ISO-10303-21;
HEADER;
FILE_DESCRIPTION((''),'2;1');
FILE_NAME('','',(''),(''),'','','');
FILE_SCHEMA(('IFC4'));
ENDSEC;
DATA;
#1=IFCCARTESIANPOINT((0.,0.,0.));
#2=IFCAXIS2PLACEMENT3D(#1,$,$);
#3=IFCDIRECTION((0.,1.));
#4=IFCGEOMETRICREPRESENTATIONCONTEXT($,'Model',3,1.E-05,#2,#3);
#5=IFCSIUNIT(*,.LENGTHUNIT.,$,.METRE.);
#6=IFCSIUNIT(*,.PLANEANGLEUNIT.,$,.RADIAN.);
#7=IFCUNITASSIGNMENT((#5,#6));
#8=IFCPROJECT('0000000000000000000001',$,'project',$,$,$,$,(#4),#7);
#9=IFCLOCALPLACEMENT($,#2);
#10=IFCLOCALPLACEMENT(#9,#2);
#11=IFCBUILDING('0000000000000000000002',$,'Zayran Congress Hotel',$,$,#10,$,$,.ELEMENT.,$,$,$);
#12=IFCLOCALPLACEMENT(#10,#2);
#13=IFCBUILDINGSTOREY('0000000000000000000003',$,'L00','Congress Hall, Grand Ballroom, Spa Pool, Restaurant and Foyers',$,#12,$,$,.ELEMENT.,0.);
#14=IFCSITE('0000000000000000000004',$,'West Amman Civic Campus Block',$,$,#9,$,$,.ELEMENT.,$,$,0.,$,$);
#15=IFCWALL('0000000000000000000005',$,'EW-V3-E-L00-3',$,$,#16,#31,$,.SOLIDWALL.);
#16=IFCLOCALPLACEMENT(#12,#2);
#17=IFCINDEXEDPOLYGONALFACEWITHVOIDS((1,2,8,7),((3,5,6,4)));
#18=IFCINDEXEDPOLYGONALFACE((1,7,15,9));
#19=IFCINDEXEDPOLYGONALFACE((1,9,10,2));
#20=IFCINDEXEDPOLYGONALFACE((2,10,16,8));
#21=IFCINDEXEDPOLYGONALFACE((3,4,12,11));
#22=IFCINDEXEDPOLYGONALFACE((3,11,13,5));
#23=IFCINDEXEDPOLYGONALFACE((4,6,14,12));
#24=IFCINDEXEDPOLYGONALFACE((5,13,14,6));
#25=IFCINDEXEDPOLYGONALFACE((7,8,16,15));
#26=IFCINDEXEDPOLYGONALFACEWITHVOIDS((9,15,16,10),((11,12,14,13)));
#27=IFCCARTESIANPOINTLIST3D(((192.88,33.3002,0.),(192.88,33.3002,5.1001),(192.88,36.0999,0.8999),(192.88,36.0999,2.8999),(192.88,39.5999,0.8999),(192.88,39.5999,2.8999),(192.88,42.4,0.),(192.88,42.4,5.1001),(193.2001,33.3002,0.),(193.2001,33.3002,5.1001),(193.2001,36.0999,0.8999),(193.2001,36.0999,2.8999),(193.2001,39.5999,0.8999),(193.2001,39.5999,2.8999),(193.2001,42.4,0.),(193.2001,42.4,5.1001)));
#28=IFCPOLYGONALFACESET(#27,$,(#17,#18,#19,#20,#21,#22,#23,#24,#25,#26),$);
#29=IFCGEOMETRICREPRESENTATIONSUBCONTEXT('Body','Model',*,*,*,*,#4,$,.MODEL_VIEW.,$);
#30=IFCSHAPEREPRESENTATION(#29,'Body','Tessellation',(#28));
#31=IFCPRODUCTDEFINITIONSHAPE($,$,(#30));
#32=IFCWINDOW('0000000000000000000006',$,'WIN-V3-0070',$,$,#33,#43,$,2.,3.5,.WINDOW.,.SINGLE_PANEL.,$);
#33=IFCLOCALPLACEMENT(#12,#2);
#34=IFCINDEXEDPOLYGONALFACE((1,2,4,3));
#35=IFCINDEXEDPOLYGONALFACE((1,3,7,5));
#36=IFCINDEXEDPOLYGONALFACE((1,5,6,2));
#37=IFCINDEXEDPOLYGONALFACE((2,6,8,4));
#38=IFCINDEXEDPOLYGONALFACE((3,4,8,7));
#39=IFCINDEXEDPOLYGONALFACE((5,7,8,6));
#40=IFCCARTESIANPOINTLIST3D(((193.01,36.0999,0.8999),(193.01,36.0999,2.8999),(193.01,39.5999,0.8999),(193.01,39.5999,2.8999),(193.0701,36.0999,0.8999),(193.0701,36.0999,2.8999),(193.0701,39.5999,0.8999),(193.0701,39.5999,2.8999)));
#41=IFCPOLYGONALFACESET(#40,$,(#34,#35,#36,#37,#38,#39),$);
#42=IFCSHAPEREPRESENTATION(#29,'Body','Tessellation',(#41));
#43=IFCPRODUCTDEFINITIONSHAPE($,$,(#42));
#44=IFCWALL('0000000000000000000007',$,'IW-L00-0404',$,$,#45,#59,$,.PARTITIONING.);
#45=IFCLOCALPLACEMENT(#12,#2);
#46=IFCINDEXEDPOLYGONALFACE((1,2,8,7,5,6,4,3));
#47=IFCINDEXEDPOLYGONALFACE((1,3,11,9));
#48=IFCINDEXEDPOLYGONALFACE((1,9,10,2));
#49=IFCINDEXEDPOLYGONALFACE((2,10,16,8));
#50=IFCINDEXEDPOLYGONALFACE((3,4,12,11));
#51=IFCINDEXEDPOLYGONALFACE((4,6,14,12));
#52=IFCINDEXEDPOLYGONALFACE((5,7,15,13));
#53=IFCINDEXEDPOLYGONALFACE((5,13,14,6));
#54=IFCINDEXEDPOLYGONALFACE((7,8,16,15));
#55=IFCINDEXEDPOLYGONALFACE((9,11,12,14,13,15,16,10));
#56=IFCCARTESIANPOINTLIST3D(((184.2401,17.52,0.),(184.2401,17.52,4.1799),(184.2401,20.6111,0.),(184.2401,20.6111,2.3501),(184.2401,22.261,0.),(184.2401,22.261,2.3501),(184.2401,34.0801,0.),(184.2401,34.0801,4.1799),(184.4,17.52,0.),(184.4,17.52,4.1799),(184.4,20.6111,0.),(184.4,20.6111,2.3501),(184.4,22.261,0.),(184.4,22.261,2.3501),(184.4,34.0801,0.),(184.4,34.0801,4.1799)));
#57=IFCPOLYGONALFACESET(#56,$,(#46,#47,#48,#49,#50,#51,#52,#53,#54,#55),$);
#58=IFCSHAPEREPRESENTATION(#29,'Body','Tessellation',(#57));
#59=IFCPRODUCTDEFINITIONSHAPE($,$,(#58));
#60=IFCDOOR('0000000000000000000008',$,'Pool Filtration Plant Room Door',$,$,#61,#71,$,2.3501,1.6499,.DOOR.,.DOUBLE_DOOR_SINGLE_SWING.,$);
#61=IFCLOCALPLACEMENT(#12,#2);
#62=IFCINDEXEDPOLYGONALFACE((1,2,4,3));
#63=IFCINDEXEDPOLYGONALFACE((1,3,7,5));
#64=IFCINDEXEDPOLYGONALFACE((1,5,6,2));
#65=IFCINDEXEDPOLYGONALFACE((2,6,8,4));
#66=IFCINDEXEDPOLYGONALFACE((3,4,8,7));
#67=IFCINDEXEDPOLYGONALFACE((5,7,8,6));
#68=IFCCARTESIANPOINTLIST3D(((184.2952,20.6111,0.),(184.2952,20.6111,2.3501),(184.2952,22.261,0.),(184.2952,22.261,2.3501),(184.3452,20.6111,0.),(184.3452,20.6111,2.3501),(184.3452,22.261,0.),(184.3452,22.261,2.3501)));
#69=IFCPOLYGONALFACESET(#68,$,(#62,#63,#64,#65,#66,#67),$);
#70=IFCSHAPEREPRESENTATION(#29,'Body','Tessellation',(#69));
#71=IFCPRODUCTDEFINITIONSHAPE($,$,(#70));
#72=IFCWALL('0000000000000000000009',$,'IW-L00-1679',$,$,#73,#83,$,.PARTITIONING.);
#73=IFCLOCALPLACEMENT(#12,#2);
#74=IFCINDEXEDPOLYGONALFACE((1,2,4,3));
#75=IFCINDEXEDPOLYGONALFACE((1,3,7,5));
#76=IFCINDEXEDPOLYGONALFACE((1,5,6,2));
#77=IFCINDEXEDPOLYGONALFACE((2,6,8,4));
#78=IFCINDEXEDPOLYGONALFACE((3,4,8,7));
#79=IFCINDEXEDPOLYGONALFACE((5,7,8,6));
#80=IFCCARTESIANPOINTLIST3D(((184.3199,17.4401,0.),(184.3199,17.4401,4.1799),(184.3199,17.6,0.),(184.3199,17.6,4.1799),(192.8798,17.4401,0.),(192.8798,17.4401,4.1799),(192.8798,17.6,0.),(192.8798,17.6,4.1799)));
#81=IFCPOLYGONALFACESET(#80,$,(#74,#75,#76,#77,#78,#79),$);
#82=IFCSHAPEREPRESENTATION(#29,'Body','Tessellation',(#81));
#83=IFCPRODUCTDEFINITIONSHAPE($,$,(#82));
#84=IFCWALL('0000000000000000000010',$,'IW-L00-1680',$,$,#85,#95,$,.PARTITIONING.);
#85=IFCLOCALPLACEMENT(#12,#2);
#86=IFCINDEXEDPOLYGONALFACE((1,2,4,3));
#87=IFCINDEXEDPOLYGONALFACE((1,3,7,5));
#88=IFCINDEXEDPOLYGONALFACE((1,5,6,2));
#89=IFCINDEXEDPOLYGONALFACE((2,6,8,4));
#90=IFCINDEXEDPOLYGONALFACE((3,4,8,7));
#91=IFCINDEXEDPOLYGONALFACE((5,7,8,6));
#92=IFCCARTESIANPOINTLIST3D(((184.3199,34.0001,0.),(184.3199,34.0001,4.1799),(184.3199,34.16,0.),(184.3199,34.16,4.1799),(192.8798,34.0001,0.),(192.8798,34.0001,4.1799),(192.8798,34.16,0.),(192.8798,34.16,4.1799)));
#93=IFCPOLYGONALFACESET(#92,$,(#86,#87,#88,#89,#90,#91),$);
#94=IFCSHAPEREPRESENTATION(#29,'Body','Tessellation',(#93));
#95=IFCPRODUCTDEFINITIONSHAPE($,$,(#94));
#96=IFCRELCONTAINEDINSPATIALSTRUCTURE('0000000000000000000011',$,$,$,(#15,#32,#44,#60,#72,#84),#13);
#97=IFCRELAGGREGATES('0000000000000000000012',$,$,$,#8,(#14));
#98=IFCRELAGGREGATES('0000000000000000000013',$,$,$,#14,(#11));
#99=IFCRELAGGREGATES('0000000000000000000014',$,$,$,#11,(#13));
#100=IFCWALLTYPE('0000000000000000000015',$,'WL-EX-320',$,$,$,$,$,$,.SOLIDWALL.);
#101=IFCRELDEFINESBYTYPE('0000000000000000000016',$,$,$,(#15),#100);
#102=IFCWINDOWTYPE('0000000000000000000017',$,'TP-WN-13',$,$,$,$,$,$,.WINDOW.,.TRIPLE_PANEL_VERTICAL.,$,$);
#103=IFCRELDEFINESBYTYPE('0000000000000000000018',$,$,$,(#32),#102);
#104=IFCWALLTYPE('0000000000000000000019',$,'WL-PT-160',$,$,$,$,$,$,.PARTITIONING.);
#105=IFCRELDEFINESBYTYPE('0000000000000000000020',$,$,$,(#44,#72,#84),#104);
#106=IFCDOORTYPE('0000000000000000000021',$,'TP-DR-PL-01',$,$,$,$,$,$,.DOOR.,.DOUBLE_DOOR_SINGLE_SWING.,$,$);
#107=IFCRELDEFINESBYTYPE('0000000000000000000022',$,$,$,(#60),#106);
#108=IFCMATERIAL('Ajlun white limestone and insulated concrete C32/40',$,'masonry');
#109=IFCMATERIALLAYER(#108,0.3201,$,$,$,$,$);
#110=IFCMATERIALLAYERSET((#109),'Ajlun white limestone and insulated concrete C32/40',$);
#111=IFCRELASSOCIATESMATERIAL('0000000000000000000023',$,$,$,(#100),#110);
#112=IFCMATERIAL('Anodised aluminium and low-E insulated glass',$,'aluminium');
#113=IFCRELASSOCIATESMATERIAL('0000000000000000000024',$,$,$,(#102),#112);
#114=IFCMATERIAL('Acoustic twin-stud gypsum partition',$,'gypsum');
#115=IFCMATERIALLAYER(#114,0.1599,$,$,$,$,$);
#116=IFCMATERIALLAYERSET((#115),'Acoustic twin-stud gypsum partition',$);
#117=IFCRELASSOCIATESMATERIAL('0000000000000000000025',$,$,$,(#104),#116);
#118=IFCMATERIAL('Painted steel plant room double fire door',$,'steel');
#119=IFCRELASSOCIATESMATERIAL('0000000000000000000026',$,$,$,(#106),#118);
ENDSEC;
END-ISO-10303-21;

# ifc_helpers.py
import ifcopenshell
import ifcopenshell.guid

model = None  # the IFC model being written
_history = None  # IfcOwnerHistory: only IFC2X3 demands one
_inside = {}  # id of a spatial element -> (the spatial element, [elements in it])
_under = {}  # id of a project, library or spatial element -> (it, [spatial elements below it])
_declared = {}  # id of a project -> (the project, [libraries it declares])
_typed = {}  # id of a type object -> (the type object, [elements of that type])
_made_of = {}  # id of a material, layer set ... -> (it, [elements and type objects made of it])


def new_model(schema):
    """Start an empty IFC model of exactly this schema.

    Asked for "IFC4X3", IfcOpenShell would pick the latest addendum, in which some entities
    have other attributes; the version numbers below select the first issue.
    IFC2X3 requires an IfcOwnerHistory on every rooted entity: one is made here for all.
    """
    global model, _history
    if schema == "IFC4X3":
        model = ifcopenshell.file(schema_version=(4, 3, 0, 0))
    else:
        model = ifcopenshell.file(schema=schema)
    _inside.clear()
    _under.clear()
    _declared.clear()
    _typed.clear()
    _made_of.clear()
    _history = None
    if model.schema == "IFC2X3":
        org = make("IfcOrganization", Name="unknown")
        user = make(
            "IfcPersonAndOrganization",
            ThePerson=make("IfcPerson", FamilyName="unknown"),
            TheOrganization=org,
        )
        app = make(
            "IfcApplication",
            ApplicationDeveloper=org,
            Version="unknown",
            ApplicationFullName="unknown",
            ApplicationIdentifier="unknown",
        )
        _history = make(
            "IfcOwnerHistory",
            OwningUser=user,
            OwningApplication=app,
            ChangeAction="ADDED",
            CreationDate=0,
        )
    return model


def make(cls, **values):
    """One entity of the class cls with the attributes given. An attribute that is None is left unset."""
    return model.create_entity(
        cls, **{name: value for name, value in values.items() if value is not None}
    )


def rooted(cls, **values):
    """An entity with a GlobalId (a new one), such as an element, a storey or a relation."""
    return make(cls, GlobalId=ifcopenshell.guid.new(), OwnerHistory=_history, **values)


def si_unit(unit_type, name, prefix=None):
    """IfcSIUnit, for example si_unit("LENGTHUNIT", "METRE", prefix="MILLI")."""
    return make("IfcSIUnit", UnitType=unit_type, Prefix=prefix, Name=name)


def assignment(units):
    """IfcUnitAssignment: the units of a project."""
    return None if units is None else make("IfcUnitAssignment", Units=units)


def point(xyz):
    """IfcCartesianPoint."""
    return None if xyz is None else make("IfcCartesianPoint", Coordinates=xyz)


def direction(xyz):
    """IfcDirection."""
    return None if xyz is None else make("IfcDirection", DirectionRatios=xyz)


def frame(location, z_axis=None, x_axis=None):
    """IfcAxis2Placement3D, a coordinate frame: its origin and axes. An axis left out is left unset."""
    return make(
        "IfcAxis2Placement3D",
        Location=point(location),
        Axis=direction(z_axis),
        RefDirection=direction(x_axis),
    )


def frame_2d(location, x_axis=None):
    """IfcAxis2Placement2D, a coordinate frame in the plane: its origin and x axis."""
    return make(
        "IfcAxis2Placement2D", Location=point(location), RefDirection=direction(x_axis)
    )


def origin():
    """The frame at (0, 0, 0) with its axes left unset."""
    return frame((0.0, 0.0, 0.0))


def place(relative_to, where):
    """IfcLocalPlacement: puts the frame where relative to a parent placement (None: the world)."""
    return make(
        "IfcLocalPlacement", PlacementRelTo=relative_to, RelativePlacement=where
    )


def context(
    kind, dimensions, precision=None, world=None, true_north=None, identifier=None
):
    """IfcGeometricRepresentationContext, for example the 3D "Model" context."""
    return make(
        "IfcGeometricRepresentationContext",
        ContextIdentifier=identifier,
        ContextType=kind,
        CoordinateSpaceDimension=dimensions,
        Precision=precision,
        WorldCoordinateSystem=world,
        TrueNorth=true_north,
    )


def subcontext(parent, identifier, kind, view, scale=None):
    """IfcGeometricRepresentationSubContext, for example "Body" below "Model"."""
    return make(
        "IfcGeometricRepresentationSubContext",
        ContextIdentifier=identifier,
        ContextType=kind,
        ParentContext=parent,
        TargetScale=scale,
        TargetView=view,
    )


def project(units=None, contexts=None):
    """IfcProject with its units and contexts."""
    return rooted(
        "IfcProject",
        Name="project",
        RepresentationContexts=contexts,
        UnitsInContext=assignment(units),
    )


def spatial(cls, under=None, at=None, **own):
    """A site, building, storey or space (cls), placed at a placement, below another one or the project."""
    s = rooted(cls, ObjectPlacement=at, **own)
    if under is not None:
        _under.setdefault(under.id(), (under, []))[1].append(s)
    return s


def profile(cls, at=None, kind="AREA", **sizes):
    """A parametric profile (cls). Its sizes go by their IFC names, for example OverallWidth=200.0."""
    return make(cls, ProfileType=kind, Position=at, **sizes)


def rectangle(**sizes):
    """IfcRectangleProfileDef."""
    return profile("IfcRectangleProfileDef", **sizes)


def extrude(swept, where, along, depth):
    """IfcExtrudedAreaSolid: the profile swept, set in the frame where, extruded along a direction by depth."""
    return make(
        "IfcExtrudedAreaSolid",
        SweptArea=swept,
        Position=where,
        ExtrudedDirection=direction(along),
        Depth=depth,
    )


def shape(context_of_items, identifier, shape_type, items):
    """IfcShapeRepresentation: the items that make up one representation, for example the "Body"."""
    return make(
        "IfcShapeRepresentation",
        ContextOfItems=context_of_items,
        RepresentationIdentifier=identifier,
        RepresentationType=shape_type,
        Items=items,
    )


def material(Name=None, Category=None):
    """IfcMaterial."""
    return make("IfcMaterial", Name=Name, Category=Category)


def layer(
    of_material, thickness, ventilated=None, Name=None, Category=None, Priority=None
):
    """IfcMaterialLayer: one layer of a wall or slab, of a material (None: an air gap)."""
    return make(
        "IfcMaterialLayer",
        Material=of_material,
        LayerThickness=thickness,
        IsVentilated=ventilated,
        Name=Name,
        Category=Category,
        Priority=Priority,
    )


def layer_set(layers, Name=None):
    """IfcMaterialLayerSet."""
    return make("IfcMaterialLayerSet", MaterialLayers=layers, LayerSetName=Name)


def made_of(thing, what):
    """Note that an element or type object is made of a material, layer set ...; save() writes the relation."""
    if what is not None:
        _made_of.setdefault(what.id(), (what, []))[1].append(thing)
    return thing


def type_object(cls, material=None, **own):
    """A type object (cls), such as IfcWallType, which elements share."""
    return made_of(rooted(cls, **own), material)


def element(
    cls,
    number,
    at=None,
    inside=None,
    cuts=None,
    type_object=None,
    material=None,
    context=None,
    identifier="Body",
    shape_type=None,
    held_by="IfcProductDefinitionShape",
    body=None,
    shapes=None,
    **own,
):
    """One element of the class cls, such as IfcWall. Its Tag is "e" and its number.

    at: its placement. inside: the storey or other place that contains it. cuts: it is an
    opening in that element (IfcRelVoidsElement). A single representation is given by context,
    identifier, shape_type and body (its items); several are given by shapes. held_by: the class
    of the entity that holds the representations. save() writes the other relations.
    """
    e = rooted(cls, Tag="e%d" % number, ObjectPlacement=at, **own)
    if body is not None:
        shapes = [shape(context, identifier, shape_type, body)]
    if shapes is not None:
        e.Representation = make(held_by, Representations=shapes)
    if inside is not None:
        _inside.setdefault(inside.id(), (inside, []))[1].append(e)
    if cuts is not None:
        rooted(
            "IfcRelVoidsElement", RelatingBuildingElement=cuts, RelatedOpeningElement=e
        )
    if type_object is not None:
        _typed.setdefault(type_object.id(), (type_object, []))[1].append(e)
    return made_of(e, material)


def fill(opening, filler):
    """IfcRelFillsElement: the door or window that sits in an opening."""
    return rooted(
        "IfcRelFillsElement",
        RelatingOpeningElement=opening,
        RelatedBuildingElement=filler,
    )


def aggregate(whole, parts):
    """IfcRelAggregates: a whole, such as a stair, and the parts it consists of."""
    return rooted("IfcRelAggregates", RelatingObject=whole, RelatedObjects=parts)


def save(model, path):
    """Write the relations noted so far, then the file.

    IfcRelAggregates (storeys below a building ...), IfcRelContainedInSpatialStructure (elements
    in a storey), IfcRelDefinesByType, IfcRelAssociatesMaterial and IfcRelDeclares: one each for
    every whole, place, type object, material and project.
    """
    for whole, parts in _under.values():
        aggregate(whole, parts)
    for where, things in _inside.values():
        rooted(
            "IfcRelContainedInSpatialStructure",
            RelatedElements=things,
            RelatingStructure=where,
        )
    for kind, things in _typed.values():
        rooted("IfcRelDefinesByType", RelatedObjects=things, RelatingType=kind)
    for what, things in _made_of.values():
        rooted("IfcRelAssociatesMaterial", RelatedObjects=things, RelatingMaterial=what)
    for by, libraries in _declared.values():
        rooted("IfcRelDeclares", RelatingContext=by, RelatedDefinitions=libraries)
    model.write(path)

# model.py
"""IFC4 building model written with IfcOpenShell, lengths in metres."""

from ifc_helpers import new_model, si_unit, direction, frame, frame_2d, origin, place, context, subcontext, project, spatial, rectangle, extrude, material, layer, layer_set, type_object, element, fill, save


model = new_model("IFC4")

# Units and contexts
model_context = context("Model", 3, precision=1e-05, world=origin(), true_north=direction((0.0, 1.0)))
body_context = subcontext(model_context, "Body", "Model", "MODEL_VIEW")
ifc_project = project(units=[si_unit("LENGTHUNIT", "METRE"), si_unit("PLANEANGLEUNIT", "RADIAN")], contexts=[model_context])

# Site, building, storey
site_placement = place(None, origin())
site = spatial("IfcSite", under=ifc_project, at=site_placement, Name="West Amman Civic Campus Block", CompositionType="ELEMENT", RefElevation=0.0)
building_placement = place(site_placement, origin())
building = spatial("IfcBuilding", under=site, at=building_placement, Name="Zayran Congress Hotel", CompositionType="ELEMENT")
storey_placement = place(building_placement, origin())
storey = spatial("IfcBuildingStorey", under=building, at=storey_placement, Name="L00", Description="Congress Hall, Grand Ballroom, Spa Pool, Restaurant and Foyers", CompositionType="ELEMENT", Elevation=0.0)

# Shared definitions
ifc_material_1 = material(Name="Ajlun white limestone and insulated concrete C32/40", Category="masonry")
ifc_layer_1 = layer(ifc_material_1, 0.3201)
ifc_layer_set_1 = layer_set([ifc_layer_1], Name="Ajlun white limestone and insulated concrete C32/40")
wall_type_1 = type_object("IfcWallType", Name="WL-EX-320", PredefinedType="SOLIDWALL", material=ifc_layer_set_1)
ifc_material_2 = material(Name="Anodised aluminium and low-E insulated glass", Category="aluminium")

# Wall, opening, window
wall_1_placement = place(storey_placement, frame((193.04, 42.3999, 0.0), z_axis=(0.0, 0.0, 1.0), x_axis=(0.0, -1.0, 0.0)))
wall_1 = element("IfcWall", 1, at=wall_1_placement, inside=storey, type_object=wall_type_1, Name="EW-V3-E-L00-3", PredefinedType="SOLIDWALL", context=body_context, shape_type="SweptSolid", body=[
    extrude(rectangle(XDim=9.0999, YDim=0.3201, at=frame_2d((4.5498, 0.0))), origin(), (0.0, 0.0, 1.0), 5.1001),
])
opening_1_placement = place(wall_1_placement, frame((2.8, 0.0, 0.8999)))
opening_1 = element("IfcOpeningElement", 2, at=opening_1_placement, cuts=wall_1, PredefinedType="OPENING", context=body_context, shape_type="SweptSolid", body=[
    extrude(rectangle(XDim=3.5, YDim=2.0, at=frame_2d((1.75, 1.0))), frame((0.0, 0.1699, 0.0), z_axis=(0.0, -1.0, 0.0), x_axis=(1.0, 0.0, 0.0)), (0.0, 0.0, 1.0), 0.3401),
])
window_type_1 = type_object("IfcWindowType", Name="TP-WN-13", PartitioningType="TRIPLE_PANEL_VERTICAL", PredefinedType="WINDOW", material=ifc_material_2)
window_1_placement = place(opening_1_placement, origin())
window_1 = element("IfcWindow", 3, at=window_1_placement, inside=storey, type_object=window_type_1, Name="WIN-V3-0070", OverallHeight=2.0, OverallWidth=3.5, PartitioningType="SINGLE_PANEL", PredefinedType="WINDOW", context=body_context, shape_type="SweptSolid", body=[
    extrude(rectangle(XDim=3.5, YDim=2.0, at=frame_2d((1.75, 1.0))), frame((0.0, 0.03, 0.0), z_axis=(0.0, -1.0, 0.0), x_axis=(1.0, 0.0, 0.0)), (0.0, 0.0, 1.0), 0.0601),
])
fill(opening_1, window_1)

# Wall, opening, door
ifc_material_3 = material(Name="Acoustic twin-stud gypsum partition", Category="gypsum")
ifc_layer_2 = layer(ifc_material_3, 0.1599)
ifc_layer_set_2 = layer_set([ifc_layer_2], Name="Acoustic twin-stud gypsum partition")
wall_type_2 = type_object("IfcWallType", Name="WL-PT-160", PredefinedType="PARTITIONING", material=ifc_layer_set_2)
wall_2_placement = place(storey_placement, frame((184.3201, 17.52, 0.0), z_axis=(0.0, 0.0, 1.0), x_axis=(0.0, 1.0, 0.0)))
wall_2 = element("IfcWall", 4, at=wall_2_placement, inside=storey, type_object=wall_type_2, Name="IW-L00-0404", PredefinedType="PARTITIONING", context=body_context, shape_type="SweptSolid", body=[
    extrude(rectangle(XDim=16.5601, YDim=0.1599, at=frame_2d((8.28, 0.0))), origin(), (0.0, 0.0, 1.0), 4.1799),
])
opening_2_placement = place(wall_2_placement, frame((3.0911, 0.0, 0.0)))
opening_2 = element("IfcOpeningElement", 5, at=opening_2_placement, cuts=wall_2, PredefinedType="OPENING", context=body_context, shape_type="SweptSolid", body=[
    extrude(rectangle(XDim=1.6499, YDim=2.3501, at=frame_2d((0.825, 1.175))), frame((0.0, 0.0898, 0.0), z_axis=(0.0, -1.0, 0.0), x_axis=(1.0, 0.0, 0.0)), (0.0, 0.0, 1.0), 0.1799),
])
ifc_material_4 = material(Name="Painted steel plant room double fire door", Category="steel")
door_type_1 = type_object("IfcDoorType", Name="TP-DR-PL-01", OperationType="DOUBLE_DOOR_SINGLE_SWING", PredefinedType="DOOR", material=ifc_material_4)
door_1_placement = place(opening_2_placement, origin())
door_1 = element("IfcDoor", 6, at=door_1_placement, inside=storey, type_object=door_type_1, Name="Pool Filtration Plant Room Door", OperationType="DOUBLE_DOOR_SINGLE_SWING", OverallHeight=2.3501, OverallWidth=1.6499, PredefinedType="DOOR", context=body_context, shape_type="SweptSolid", body=[
    extrude(rectangle(XDim=1.6499, YDim=2.3501, at=frame_2d((0.825, 1.175))), frame((0.0, 0.0249, 0.0), z_axis=(0.0, -1.0, 0.0), x_axis=(1.0, 0.0, 0.0)), (0.0, 0.0, 1.0), 0.05),
])
fill(opening_2, door_1)

# Walls
for number, where, z_axis, x_axis, name in (
    (7, (184.3201, 17.52, 0.0), (0.0, 0.0, 1.0), (1.0, 0.0, 0.0), "IW-L00-1679"),
    (8, (184.3201, 34.0801, 0.0), (0.0, 0.0, 1.0), (1.0, 0.0, 0.0), "IW-L00-1680"),
):
    element("IfcWall", number, at=place(storey_placement, frame(where, z_axis=z_axis, x_axis=x_axis)), inside=storey, type_object=wall_type_2, Name=name, PredefinedType="PARTITIONING", context=body_context, shape_type="SweptSolid", body=[
        extrude(rectangle(XDim=8.5598, YDim=0.1599, at=frame_2d((4.2798, 0.0))), origin(), (0.0, 0.0, 1.0), 4.1799),
    ])

save(model, "model.ifc")
